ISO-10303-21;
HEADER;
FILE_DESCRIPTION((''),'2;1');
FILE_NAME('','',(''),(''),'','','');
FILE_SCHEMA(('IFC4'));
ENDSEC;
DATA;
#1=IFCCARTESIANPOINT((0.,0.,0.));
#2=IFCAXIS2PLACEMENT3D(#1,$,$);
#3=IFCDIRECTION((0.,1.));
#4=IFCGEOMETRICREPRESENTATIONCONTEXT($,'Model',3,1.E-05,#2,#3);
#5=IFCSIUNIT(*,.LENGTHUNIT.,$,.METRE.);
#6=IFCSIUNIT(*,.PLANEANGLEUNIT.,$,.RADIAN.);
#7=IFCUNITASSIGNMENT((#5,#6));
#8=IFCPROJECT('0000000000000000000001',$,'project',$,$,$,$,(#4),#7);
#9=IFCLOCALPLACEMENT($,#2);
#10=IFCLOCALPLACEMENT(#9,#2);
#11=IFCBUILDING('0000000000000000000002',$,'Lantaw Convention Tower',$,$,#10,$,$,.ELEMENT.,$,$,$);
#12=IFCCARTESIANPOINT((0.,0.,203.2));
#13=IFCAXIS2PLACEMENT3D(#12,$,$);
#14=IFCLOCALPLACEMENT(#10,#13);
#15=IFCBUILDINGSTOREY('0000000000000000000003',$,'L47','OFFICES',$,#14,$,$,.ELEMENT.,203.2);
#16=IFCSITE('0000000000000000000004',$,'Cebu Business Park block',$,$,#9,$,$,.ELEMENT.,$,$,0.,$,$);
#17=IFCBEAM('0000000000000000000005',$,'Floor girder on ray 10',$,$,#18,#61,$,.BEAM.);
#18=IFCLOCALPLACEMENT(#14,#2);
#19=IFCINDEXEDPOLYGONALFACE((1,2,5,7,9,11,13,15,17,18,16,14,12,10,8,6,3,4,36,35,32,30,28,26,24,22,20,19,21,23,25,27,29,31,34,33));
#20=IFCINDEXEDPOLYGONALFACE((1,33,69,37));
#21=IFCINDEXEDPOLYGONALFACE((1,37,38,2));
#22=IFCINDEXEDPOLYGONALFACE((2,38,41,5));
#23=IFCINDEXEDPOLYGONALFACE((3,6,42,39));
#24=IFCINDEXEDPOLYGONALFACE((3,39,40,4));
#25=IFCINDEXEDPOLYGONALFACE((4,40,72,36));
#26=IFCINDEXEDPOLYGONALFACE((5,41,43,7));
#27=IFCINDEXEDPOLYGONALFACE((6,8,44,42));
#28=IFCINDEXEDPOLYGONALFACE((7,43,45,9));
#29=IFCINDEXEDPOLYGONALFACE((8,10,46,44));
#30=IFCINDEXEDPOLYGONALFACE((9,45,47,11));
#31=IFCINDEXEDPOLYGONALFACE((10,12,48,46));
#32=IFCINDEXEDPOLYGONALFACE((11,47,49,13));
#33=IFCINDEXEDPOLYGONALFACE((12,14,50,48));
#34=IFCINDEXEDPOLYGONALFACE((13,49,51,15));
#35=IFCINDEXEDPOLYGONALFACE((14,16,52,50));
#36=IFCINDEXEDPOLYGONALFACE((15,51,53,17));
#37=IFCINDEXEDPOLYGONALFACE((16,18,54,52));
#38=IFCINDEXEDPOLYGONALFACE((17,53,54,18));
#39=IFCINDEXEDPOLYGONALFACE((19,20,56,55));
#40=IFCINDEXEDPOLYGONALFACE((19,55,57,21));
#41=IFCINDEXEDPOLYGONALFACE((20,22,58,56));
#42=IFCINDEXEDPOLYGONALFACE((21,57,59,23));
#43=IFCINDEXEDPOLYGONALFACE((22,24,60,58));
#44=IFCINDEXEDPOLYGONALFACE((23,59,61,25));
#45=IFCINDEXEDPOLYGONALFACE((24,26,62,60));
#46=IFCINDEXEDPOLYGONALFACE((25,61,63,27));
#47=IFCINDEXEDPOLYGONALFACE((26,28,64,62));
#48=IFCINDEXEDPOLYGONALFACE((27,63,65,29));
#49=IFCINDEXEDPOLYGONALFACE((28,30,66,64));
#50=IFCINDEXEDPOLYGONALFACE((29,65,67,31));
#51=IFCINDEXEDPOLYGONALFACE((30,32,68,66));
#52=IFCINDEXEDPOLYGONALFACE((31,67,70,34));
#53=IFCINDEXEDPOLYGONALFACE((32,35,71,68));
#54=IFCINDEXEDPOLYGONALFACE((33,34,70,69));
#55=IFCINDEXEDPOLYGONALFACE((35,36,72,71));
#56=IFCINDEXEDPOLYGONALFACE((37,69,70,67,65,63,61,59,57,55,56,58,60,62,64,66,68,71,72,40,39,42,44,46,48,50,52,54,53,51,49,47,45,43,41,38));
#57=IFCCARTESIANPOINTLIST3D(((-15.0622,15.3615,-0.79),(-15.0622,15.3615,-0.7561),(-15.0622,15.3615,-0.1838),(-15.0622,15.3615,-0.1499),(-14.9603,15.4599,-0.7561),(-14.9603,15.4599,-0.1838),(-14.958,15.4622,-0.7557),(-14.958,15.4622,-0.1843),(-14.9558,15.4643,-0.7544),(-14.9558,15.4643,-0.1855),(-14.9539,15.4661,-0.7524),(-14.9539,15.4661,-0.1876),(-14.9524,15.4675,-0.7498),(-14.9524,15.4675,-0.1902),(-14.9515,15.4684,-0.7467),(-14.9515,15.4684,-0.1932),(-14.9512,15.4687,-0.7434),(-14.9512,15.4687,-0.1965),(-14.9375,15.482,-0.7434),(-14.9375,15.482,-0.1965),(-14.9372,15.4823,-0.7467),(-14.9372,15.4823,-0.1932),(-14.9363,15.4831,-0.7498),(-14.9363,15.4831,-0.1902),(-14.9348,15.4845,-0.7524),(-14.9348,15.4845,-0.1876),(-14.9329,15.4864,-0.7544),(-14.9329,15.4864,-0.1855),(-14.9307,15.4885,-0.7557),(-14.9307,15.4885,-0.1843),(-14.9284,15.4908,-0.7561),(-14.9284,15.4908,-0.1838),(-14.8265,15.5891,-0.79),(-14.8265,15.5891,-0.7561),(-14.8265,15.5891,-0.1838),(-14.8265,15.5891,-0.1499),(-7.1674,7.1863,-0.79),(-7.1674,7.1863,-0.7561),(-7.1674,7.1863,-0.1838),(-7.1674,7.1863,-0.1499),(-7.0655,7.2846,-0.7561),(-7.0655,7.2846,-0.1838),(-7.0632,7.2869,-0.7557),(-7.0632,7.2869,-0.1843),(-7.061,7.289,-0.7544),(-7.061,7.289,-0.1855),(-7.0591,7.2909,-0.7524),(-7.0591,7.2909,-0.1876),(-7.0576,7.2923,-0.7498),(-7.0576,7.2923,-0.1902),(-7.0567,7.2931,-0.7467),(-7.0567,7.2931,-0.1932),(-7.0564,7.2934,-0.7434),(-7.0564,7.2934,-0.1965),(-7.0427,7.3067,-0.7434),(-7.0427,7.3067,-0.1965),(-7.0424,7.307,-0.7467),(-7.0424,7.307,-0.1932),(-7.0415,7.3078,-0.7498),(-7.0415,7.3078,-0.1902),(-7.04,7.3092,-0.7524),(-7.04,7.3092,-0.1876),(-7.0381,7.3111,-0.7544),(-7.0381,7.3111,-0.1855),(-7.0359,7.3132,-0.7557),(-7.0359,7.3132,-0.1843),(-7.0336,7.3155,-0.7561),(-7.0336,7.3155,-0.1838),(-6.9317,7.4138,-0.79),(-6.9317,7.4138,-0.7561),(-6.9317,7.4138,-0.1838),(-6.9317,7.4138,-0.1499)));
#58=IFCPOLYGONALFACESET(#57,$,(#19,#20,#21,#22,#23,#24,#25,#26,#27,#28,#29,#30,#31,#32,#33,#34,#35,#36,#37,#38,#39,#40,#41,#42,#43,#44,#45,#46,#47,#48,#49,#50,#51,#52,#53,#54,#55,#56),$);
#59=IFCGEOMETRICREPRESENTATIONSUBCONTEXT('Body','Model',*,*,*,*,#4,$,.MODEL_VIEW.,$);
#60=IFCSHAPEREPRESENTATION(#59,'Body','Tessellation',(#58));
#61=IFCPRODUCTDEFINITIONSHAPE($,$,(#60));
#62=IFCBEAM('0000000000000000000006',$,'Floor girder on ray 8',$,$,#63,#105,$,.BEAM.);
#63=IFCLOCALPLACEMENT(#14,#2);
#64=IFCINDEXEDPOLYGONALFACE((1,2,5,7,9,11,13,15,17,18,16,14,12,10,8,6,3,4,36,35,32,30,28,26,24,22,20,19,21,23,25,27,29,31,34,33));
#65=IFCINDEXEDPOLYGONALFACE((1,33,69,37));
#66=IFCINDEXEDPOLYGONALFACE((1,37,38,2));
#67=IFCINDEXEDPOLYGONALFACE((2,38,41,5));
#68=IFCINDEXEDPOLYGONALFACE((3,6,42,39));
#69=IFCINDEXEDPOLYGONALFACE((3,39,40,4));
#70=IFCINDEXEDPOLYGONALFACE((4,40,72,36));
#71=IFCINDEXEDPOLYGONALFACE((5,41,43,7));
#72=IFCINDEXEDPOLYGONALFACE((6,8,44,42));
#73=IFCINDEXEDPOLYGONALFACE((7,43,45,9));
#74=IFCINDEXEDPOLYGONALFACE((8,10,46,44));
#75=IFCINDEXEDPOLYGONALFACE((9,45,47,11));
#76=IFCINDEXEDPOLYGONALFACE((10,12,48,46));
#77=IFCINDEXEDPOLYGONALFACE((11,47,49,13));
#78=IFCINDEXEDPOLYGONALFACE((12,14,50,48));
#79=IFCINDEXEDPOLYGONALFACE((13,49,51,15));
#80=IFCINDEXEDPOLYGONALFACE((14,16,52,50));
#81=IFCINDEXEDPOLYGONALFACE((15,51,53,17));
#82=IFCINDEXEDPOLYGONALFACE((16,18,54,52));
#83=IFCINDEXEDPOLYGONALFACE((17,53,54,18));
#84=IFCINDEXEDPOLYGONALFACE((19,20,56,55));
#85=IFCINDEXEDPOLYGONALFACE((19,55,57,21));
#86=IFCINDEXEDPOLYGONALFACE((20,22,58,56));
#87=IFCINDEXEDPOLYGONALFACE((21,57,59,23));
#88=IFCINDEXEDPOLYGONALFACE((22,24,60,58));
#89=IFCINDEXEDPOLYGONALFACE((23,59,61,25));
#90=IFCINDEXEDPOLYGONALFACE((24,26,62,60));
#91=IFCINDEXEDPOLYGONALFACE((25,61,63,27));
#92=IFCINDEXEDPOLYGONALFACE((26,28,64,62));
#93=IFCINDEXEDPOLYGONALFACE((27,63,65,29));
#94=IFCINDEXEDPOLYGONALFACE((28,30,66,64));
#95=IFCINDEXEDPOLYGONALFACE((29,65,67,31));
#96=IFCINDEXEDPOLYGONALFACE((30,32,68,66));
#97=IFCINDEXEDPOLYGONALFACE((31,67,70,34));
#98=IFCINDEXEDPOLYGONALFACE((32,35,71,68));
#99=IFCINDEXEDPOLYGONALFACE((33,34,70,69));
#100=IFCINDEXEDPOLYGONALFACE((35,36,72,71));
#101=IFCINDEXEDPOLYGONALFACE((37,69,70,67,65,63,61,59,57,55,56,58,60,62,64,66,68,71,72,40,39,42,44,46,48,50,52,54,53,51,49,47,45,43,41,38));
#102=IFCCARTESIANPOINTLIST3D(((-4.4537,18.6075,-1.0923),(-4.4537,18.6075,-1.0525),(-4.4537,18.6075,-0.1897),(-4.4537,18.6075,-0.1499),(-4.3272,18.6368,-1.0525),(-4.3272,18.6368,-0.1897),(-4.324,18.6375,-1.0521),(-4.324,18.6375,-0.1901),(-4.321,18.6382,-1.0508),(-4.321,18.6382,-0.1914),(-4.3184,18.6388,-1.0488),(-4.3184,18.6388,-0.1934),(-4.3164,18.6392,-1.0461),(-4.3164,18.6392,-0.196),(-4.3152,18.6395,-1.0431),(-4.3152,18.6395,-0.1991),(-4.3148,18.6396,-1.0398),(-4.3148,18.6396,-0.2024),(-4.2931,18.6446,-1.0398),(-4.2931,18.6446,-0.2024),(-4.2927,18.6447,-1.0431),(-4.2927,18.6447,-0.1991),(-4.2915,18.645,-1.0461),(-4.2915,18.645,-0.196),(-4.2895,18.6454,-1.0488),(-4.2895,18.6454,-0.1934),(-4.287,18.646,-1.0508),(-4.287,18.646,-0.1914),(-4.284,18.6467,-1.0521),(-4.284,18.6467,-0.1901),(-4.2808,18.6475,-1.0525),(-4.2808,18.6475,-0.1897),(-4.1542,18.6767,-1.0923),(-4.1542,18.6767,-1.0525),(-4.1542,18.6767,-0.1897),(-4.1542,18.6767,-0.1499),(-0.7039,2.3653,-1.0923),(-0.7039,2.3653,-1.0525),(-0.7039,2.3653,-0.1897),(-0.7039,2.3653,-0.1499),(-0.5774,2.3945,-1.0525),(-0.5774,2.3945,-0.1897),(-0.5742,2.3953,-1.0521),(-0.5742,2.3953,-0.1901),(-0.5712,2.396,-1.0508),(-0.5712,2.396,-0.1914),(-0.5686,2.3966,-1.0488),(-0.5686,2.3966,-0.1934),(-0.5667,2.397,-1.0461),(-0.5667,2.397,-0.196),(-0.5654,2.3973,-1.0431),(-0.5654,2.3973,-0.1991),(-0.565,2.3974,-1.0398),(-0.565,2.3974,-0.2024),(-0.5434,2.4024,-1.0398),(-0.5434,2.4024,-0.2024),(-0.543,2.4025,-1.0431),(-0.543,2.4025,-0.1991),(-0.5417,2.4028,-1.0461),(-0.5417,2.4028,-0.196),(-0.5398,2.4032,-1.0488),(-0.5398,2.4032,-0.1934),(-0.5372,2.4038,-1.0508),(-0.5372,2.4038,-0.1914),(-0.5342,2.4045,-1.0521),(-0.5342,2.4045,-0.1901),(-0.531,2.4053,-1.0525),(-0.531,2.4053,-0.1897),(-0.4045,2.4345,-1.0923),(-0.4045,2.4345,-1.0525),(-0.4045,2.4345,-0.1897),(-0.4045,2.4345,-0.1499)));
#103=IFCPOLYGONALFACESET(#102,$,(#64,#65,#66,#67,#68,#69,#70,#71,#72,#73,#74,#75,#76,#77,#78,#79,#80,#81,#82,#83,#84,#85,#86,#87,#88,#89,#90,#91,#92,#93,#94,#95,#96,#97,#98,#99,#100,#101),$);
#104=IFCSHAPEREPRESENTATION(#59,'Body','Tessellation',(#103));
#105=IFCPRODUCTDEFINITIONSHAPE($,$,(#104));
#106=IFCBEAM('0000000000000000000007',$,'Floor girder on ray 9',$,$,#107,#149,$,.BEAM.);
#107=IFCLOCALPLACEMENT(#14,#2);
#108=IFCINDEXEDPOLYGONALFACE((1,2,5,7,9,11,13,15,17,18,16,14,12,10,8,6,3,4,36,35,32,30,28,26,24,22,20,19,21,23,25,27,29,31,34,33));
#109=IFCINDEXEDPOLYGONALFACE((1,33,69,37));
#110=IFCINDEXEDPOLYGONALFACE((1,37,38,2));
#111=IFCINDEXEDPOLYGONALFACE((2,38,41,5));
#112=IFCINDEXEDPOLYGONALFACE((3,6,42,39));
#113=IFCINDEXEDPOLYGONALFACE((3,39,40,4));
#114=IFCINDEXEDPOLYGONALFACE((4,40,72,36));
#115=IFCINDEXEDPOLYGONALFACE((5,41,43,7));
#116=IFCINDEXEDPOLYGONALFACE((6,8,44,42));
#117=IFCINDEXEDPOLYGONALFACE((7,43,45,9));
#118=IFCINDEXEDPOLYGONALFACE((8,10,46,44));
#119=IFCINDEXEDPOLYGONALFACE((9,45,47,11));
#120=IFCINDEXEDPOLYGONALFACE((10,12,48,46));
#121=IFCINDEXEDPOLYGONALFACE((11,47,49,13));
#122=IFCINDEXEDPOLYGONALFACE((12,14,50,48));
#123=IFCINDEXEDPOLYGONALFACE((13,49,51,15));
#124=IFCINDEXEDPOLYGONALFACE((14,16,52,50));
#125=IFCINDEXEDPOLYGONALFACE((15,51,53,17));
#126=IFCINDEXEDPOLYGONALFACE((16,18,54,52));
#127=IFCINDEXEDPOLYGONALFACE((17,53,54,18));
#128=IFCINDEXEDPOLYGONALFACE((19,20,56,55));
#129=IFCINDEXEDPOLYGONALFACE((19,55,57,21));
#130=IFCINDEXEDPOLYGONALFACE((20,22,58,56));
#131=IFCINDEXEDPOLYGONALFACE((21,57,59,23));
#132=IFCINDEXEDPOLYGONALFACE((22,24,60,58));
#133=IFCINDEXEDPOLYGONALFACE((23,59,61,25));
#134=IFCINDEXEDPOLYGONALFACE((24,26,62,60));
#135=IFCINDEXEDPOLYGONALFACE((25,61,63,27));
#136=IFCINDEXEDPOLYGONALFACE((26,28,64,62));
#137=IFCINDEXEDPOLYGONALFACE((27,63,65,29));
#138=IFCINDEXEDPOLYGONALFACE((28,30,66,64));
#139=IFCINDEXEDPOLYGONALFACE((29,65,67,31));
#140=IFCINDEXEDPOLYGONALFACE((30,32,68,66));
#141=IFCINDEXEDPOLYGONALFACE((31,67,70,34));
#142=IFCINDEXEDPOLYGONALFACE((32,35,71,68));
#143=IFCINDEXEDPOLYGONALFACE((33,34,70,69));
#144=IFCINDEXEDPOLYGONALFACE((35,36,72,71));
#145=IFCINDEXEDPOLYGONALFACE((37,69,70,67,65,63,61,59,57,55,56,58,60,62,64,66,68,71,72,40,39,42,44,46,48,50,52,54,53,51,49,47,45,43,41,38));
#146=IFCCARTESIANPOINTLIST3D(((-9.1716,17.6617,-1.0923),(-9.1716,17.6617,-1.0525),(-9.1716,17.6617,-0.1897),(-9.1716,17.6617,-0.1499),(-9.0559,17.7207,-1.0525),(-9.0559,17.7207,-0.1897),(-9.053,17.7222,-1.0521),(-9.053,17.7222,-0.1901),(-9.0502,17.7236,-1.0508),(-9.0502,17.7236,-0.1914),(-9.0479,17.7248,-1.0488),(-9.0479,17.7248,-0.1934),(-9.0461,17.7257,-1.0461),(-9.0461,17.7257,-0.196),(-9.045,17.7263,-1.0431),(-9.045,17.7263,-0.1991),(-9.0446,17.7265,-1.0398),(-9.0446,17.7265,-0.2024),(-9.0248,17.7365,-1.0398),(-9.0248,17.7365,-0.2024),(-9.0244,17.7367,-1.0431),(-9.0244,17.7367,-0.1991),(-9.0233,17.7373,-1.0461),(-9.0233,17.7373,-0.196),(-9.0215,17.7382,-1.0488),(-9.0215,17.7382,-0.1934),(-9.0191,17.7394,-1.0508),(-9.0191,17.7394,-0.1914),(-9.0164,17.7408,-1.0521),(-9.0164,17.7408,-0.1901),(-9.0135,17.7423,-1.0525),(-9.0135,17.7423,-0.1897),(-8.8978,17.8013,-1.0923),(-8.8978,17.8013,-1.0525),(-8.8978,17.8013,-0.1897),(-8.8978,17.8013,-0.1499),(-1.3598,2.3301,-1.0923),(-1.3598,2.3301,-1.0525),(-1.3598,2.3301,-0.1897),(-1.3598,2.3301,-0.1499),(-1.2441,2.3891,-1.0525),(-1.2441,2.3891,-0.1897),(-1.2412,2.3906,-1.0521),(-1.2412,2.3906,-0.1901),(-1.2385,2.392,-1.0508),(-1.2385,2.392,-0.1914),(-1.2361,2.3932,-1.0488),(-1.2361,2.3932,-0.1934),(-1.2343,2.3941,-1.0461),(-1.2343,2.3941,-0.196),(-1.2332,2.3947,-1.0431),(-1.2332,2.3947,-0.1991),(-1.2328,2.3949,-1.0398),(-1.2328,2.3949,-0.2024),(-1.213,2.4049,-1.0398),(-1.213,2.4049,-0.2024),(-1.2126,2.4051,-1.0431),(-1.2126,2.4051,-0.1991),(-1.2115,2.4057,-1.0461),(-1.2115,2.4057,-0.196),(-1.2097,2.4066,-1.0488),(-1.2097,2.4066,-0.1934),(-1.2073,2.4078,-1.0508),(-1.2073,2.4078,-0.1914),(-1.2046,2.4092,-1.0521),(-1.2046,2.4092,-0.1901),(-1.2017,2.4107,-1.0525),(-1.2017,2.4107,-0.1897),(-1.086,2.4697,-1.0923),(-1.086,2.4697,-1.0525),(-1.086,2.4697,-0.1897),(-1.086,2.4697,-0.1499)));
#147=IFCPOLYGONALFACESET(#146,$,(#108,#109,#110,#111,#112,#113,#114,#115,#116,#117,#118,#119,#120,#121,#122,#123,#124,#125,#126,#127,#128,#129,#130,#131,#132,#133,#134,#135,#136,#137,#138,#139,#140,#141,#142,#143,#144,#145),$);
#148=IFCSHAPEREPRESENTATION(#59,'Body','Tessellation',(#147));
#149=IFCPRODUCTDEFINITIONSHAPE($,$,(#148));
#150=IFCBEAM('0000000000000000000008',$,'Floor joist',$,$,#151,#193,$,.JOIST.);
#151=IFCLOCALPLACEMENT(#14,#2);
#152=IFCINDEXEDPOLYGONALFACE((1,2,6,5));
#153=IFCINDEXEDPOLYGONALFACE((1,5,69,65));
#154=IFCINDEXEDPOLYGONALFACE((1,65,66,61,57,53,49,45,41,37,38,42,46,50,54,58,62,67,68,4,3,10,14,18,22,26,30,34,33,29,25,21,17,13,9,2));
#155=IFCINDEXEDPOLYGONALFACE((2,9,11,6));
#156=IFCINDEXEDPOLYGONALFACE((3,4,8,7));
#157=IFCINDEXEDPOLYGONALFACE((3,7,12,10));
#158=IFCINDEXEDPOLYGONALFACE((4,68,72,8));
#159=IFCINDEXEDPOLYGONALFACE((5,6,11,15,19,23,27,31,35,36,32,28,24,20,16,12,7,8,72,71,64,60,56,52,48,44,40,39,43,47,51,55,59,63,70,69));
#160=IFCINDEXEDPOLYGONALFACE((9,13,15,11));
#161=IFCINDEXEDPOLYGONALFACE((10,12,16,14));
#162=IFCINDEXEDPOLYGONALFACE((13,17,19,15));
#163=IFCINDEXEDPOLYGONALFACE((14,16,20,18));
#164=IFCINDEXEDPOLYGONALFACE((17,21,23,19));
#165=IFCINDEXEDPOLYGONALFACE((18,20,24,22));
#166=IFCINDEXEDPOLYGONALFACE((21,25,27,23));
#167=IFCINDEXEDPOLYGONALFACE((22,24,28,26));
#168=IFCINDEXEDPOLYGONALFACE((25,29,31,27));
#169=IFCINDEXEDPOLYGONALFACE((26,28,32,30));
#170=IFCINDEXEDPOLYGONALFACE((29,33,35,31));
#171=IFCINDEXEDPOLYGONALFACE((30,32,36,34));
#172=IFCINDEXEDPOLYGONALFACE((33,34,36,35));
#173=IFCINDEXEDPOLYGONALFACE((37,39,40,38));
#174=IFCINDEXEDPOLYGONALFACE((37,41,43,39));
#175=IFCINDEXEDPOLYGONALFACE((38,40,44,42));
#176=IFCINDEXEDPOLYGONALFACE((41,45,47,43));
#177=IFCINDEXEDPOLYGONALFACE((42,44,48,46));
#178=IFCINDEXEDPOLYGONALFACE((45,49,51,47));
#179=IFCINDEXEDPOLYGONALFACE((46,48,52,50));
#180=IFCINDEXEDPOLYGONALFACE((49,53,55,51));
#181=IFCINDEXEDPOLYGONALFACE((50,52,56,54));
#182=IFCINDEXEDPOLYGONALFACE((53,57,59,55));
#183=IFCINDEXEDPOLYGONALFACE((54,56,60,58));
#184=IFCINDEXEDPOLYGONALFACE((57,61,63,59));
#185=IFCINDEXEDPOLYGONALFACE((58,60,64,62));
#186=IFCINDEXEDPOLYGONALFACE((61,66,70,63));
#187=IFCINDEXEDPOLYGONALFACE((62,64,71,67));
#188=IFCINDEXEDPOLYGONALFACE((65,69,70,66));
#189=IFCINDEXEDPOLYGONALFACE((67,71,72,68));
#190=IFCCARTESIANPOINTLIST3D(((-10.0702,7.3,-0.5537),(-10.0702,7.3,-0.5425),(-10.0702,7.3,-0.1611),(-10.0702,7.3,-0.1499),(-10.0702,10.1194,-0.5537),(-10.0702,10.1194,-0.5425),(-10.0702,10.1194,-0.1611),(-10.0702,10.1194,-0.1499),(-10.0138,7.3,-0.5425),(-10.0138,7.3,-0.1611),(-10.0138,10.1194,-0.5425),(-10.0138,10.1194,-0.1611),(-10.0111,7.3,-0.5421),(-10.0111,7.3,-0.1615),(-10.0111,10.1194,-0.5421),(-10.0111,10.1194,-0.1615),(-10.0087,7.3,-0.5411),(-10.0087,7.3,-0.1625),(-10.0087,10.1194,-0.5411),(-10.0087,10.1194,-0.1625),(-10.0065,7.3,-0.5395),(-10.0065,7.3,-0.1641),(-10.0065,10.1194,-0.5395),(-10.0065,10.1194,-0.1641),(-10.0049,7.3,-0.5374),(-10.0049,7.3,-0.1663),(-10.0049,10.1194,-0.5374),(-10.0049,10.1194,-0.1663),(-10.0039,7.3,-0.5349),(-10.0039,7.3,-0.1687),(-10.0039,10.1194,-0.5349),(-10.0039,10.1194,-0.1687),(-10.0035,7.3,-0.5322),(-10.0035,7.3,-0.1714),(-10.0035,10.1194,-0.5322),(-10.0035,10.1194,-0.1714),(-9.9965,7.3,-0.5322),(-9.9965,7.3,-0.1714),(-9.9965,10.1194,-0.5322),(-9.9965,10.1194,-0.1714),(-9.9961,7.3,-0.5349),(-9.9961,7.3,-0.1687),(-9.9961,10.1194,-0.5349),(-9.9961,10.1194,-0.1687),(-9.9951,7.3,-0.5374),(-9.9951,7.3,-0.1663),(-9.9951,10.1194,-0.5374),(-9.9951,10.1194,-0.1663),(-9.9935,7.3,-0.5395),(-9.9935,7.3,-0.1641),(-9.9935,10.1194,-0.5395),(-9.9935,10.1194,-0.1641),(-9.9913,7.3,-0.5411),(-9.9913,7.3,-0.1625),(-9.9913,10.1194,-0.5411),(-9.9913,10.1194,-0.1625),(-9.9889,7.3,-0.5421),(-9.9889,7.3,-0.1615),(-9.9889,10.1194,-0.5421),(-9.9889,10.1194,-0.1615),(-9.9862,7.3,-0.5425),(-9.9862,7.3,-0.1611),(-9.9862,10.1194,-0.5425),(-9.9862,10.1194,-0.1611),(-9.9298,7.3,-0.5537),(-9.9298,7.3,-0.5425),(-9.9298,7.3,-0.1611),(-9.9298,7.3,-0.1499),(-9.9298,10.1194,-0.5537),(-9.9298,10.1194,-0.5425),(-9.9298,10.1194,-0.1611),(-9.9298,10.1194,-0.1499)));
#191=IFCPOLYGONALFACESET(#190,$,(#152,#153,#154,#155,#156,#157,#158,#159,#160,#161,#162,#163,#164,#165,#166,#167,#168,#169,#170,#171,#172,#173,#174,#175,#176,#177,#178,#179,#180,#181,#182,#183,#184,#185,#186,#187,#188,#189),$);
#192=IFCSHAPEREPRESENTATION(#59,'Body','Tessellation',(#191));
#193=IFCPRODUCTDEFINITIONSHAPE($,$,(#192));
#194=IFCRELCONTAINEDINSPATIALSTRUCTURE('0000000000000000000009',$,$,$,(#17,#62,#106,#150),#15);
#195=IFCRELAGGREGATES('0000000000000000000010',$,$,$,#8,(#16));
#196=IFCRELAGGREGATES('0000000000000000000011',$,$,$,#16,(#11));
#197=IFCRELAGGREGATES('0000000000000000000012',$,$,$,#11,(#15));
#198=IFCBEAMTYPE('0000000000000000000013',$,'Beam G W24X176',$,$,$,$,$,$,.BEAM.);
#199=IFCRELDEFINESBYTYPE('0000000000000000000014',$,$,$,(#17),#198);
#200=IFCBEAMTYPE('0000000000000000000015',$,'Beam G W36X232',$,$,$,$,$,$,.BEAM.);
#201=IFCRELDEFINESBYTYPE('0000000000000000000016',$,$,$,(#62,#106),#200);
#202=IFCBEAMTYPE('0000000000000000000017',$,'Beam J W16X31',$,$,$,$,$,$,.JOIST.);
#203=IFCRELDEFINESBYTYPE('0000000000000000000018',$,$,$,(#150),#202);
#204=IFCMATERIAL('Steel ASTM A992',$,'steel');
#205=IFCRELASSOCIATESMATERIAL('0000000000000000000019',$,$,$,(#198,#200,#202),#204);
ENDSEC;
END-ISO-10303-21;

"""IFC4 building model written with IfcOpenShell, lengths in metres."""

from ifc_helpers import new_model, si_unit, direction, frame, origin, origin_2d, place, context, subcontext, project, spatial, i_section, extrude, material, material_profile, profile_set, type_object, element, save


model = new_model("IFC4")

# Units and contexts
model_context = context("Model", 3, precision=1e-05, world=origin(), true_north=direction((0.0, 1.0)))
body_context = subcontext(model_context, "Body", "Model", "MODEL_VIEW")
ifc_project = project(units=[si_unit("LENGTHUNIT", "METRE"), si_unit("PLANEANGLEUNIT", "RADIAN")], contexts=[model_context])

# Site, building, storey
site_placement = place(None, origin())
site = spatial("IfcSite", under=ifc_project, at=site_placement, Name="Cebu Business Park block", CompositionType="ELEMENT", RefElevation=0.0)
building_placement = place(site_placement, origin())
building = spatial("IfcBuilding", under=site, at=building_placement, Name="Lantaw Convention Tower", CompositionType="ELEMENT")
storey_placement = place(building_placement, frame((0.0, 0.0, 203.2)))
storey = spatial("IfcBuildingStorey", under=building, at=storey_placement, Name="L47", Description="OFFICES", CompositionType="ELEMENT", Elevation=203.2)

# Beams
ifc_material_1 = material(Name="Steel ASTM A992", Category="steel")
ifc_material_profile_1 = material_profile(ifc_material_1, i_section(OverallWidth=0.3276, OverallDepth=0.6401, WebThickness=0.019, FlangeThickness=0.0339, FilletRadius=0.0127, at=origin_2d()), Name="W24X176")
ifc_profile_set_1 = profile_set([ifc_material_profile_1], Name="Steel ASTM A992")
beam_type_1 = type_object("IfcBeamType", Name="Beam G W24X176", PredefinedType="BEAM", material=ifc_profile_set_1)
beam_1_placement = place(storey_placement, frame((-7.0496, 7.3, -0.47), z_axis=(-0.694658, 0.71934, 0.0), x_axis=(-0.71934, -0.694658, 0.0)))
element("IfcBeam", 1, at=beam_1_placement, inside=storey, type_object=beam_type_1, Name="Floor girder on ray 10", PredefinedType="BEAM", context=body_context, shape_type="SweptSolid", body=[
    extrude(i_section(OverallWidth=0.3276, OverallDepth=0.6401, WebThickness=0.019, FlangeThickness=0.0339, FilletRadius=0.0127, at=origin_2d()), origin(), (0.0, 0.0, 1.0), 11.365),
])
ifc_material_profile_2 = material_profile(ifc_material_1, i_section(OverallWidth=0.3074, OverallDepth=0.9424, WebThickness=0.0222, FlangeThickness=0.0398, FilletRadius=0.0127, at=origin_2d()), Name="W36X232")
ifc_profile_set_2 = profile_set([ifc_material_profile_2], Name="Steel ASTM A992")
beam_type_2 = type_object("IfcBeamType", Name="Beam G W36X232", PredefinedType="BEAM", material=ifc_profile_set_2)
beam_2_placement = place(storey_placement, frame((-0.5542, 2.3999, -0.6211), z_axis=(-0.224948, 0.974371, 0.0), x_axis=(-0.974371, -0.224948, 0.0)))
element("IfcBeam", 2, at=beam_2_placement, inside=storey, type_object=beam_type_2, Name="Floor girder on ray 8", PredefinedType="BEAM", context=body_context, shape_type="SweptSolid", body=[
    extrude(i_section(OverallWidth=0.3074, OverallDepth=0.9424, WebThickness=0.0222, FlangeThickness=0.0398, FilletRadius=0.0127, at=origin_2d()), origin(), (0.0, 0.0, 1.0), 16.6694),
])
beam_3_placement = place(storey_placement, frame((-1.2229, 2.3999, -0.6211), z_axis=(-0.453988, 0.891008, 0.0), x_axis=(-0.891008, -0.453988, 0.0)))
element("IfcBeam", 3, at=beam_3_placement, inside=storey, type_object=beam_type_2, Name="Floor girder on ray 9", PredefinedType="BEAM", context=body_context, shape_type="SweptSolid", body=[
    extrude(i_section(OverallWidth=0.3074, OverallDepth=0.9424, WebThickness=0.0222, FlangeThickness=0.0398, FilletRadius=0.0127, at=origin_2d()), origin(), (0.0, 0.0, 1.0), 17.207),
])
ifc_material_profile_3 = material_profile(ifc_material_1, i_section(OverallWidth=0.1404, OverallDepth=0.4038, WebThickness=0.0071, FlangeThickness=0.0112, FilletRadius=0.0103, at=origin_2d()), Name="W16X31")
ifc_profile_set_3 = profile_set([ifc_material_profile_3], Name="Steel ASTM A992")
beam_type_3 = type_object("IfcBeamType", Name="Beam J W16X31", PredefinedType="JOIST", material=ifc_profile_set_3)
beam_4_placement = place(storey_placement, frame((-10.0, 7.3, -0.3518), z_axis=(0.0, 1.0, 0.0), x_axis=(-1.0, 0.0, 0.0)))
element("IfcBeam", 4, at=beam_4_placement, inside=storey, type_object=beam_type_3, Name="Floor joist", PredefinedType="JOIST", context=body_context, shape_type="SweptSolid", body=[
    extrude(i_section(OverallWidth=0.1404, OverallDepth=0.4038, WebThickness=0.0071, FlangeThickness=0.0112, FilletRadius=0.0103, at=origin_2d()), origin(), (0.0, 0.0, 1.0), 2.8193),
])

save(model, "model.ifc")
